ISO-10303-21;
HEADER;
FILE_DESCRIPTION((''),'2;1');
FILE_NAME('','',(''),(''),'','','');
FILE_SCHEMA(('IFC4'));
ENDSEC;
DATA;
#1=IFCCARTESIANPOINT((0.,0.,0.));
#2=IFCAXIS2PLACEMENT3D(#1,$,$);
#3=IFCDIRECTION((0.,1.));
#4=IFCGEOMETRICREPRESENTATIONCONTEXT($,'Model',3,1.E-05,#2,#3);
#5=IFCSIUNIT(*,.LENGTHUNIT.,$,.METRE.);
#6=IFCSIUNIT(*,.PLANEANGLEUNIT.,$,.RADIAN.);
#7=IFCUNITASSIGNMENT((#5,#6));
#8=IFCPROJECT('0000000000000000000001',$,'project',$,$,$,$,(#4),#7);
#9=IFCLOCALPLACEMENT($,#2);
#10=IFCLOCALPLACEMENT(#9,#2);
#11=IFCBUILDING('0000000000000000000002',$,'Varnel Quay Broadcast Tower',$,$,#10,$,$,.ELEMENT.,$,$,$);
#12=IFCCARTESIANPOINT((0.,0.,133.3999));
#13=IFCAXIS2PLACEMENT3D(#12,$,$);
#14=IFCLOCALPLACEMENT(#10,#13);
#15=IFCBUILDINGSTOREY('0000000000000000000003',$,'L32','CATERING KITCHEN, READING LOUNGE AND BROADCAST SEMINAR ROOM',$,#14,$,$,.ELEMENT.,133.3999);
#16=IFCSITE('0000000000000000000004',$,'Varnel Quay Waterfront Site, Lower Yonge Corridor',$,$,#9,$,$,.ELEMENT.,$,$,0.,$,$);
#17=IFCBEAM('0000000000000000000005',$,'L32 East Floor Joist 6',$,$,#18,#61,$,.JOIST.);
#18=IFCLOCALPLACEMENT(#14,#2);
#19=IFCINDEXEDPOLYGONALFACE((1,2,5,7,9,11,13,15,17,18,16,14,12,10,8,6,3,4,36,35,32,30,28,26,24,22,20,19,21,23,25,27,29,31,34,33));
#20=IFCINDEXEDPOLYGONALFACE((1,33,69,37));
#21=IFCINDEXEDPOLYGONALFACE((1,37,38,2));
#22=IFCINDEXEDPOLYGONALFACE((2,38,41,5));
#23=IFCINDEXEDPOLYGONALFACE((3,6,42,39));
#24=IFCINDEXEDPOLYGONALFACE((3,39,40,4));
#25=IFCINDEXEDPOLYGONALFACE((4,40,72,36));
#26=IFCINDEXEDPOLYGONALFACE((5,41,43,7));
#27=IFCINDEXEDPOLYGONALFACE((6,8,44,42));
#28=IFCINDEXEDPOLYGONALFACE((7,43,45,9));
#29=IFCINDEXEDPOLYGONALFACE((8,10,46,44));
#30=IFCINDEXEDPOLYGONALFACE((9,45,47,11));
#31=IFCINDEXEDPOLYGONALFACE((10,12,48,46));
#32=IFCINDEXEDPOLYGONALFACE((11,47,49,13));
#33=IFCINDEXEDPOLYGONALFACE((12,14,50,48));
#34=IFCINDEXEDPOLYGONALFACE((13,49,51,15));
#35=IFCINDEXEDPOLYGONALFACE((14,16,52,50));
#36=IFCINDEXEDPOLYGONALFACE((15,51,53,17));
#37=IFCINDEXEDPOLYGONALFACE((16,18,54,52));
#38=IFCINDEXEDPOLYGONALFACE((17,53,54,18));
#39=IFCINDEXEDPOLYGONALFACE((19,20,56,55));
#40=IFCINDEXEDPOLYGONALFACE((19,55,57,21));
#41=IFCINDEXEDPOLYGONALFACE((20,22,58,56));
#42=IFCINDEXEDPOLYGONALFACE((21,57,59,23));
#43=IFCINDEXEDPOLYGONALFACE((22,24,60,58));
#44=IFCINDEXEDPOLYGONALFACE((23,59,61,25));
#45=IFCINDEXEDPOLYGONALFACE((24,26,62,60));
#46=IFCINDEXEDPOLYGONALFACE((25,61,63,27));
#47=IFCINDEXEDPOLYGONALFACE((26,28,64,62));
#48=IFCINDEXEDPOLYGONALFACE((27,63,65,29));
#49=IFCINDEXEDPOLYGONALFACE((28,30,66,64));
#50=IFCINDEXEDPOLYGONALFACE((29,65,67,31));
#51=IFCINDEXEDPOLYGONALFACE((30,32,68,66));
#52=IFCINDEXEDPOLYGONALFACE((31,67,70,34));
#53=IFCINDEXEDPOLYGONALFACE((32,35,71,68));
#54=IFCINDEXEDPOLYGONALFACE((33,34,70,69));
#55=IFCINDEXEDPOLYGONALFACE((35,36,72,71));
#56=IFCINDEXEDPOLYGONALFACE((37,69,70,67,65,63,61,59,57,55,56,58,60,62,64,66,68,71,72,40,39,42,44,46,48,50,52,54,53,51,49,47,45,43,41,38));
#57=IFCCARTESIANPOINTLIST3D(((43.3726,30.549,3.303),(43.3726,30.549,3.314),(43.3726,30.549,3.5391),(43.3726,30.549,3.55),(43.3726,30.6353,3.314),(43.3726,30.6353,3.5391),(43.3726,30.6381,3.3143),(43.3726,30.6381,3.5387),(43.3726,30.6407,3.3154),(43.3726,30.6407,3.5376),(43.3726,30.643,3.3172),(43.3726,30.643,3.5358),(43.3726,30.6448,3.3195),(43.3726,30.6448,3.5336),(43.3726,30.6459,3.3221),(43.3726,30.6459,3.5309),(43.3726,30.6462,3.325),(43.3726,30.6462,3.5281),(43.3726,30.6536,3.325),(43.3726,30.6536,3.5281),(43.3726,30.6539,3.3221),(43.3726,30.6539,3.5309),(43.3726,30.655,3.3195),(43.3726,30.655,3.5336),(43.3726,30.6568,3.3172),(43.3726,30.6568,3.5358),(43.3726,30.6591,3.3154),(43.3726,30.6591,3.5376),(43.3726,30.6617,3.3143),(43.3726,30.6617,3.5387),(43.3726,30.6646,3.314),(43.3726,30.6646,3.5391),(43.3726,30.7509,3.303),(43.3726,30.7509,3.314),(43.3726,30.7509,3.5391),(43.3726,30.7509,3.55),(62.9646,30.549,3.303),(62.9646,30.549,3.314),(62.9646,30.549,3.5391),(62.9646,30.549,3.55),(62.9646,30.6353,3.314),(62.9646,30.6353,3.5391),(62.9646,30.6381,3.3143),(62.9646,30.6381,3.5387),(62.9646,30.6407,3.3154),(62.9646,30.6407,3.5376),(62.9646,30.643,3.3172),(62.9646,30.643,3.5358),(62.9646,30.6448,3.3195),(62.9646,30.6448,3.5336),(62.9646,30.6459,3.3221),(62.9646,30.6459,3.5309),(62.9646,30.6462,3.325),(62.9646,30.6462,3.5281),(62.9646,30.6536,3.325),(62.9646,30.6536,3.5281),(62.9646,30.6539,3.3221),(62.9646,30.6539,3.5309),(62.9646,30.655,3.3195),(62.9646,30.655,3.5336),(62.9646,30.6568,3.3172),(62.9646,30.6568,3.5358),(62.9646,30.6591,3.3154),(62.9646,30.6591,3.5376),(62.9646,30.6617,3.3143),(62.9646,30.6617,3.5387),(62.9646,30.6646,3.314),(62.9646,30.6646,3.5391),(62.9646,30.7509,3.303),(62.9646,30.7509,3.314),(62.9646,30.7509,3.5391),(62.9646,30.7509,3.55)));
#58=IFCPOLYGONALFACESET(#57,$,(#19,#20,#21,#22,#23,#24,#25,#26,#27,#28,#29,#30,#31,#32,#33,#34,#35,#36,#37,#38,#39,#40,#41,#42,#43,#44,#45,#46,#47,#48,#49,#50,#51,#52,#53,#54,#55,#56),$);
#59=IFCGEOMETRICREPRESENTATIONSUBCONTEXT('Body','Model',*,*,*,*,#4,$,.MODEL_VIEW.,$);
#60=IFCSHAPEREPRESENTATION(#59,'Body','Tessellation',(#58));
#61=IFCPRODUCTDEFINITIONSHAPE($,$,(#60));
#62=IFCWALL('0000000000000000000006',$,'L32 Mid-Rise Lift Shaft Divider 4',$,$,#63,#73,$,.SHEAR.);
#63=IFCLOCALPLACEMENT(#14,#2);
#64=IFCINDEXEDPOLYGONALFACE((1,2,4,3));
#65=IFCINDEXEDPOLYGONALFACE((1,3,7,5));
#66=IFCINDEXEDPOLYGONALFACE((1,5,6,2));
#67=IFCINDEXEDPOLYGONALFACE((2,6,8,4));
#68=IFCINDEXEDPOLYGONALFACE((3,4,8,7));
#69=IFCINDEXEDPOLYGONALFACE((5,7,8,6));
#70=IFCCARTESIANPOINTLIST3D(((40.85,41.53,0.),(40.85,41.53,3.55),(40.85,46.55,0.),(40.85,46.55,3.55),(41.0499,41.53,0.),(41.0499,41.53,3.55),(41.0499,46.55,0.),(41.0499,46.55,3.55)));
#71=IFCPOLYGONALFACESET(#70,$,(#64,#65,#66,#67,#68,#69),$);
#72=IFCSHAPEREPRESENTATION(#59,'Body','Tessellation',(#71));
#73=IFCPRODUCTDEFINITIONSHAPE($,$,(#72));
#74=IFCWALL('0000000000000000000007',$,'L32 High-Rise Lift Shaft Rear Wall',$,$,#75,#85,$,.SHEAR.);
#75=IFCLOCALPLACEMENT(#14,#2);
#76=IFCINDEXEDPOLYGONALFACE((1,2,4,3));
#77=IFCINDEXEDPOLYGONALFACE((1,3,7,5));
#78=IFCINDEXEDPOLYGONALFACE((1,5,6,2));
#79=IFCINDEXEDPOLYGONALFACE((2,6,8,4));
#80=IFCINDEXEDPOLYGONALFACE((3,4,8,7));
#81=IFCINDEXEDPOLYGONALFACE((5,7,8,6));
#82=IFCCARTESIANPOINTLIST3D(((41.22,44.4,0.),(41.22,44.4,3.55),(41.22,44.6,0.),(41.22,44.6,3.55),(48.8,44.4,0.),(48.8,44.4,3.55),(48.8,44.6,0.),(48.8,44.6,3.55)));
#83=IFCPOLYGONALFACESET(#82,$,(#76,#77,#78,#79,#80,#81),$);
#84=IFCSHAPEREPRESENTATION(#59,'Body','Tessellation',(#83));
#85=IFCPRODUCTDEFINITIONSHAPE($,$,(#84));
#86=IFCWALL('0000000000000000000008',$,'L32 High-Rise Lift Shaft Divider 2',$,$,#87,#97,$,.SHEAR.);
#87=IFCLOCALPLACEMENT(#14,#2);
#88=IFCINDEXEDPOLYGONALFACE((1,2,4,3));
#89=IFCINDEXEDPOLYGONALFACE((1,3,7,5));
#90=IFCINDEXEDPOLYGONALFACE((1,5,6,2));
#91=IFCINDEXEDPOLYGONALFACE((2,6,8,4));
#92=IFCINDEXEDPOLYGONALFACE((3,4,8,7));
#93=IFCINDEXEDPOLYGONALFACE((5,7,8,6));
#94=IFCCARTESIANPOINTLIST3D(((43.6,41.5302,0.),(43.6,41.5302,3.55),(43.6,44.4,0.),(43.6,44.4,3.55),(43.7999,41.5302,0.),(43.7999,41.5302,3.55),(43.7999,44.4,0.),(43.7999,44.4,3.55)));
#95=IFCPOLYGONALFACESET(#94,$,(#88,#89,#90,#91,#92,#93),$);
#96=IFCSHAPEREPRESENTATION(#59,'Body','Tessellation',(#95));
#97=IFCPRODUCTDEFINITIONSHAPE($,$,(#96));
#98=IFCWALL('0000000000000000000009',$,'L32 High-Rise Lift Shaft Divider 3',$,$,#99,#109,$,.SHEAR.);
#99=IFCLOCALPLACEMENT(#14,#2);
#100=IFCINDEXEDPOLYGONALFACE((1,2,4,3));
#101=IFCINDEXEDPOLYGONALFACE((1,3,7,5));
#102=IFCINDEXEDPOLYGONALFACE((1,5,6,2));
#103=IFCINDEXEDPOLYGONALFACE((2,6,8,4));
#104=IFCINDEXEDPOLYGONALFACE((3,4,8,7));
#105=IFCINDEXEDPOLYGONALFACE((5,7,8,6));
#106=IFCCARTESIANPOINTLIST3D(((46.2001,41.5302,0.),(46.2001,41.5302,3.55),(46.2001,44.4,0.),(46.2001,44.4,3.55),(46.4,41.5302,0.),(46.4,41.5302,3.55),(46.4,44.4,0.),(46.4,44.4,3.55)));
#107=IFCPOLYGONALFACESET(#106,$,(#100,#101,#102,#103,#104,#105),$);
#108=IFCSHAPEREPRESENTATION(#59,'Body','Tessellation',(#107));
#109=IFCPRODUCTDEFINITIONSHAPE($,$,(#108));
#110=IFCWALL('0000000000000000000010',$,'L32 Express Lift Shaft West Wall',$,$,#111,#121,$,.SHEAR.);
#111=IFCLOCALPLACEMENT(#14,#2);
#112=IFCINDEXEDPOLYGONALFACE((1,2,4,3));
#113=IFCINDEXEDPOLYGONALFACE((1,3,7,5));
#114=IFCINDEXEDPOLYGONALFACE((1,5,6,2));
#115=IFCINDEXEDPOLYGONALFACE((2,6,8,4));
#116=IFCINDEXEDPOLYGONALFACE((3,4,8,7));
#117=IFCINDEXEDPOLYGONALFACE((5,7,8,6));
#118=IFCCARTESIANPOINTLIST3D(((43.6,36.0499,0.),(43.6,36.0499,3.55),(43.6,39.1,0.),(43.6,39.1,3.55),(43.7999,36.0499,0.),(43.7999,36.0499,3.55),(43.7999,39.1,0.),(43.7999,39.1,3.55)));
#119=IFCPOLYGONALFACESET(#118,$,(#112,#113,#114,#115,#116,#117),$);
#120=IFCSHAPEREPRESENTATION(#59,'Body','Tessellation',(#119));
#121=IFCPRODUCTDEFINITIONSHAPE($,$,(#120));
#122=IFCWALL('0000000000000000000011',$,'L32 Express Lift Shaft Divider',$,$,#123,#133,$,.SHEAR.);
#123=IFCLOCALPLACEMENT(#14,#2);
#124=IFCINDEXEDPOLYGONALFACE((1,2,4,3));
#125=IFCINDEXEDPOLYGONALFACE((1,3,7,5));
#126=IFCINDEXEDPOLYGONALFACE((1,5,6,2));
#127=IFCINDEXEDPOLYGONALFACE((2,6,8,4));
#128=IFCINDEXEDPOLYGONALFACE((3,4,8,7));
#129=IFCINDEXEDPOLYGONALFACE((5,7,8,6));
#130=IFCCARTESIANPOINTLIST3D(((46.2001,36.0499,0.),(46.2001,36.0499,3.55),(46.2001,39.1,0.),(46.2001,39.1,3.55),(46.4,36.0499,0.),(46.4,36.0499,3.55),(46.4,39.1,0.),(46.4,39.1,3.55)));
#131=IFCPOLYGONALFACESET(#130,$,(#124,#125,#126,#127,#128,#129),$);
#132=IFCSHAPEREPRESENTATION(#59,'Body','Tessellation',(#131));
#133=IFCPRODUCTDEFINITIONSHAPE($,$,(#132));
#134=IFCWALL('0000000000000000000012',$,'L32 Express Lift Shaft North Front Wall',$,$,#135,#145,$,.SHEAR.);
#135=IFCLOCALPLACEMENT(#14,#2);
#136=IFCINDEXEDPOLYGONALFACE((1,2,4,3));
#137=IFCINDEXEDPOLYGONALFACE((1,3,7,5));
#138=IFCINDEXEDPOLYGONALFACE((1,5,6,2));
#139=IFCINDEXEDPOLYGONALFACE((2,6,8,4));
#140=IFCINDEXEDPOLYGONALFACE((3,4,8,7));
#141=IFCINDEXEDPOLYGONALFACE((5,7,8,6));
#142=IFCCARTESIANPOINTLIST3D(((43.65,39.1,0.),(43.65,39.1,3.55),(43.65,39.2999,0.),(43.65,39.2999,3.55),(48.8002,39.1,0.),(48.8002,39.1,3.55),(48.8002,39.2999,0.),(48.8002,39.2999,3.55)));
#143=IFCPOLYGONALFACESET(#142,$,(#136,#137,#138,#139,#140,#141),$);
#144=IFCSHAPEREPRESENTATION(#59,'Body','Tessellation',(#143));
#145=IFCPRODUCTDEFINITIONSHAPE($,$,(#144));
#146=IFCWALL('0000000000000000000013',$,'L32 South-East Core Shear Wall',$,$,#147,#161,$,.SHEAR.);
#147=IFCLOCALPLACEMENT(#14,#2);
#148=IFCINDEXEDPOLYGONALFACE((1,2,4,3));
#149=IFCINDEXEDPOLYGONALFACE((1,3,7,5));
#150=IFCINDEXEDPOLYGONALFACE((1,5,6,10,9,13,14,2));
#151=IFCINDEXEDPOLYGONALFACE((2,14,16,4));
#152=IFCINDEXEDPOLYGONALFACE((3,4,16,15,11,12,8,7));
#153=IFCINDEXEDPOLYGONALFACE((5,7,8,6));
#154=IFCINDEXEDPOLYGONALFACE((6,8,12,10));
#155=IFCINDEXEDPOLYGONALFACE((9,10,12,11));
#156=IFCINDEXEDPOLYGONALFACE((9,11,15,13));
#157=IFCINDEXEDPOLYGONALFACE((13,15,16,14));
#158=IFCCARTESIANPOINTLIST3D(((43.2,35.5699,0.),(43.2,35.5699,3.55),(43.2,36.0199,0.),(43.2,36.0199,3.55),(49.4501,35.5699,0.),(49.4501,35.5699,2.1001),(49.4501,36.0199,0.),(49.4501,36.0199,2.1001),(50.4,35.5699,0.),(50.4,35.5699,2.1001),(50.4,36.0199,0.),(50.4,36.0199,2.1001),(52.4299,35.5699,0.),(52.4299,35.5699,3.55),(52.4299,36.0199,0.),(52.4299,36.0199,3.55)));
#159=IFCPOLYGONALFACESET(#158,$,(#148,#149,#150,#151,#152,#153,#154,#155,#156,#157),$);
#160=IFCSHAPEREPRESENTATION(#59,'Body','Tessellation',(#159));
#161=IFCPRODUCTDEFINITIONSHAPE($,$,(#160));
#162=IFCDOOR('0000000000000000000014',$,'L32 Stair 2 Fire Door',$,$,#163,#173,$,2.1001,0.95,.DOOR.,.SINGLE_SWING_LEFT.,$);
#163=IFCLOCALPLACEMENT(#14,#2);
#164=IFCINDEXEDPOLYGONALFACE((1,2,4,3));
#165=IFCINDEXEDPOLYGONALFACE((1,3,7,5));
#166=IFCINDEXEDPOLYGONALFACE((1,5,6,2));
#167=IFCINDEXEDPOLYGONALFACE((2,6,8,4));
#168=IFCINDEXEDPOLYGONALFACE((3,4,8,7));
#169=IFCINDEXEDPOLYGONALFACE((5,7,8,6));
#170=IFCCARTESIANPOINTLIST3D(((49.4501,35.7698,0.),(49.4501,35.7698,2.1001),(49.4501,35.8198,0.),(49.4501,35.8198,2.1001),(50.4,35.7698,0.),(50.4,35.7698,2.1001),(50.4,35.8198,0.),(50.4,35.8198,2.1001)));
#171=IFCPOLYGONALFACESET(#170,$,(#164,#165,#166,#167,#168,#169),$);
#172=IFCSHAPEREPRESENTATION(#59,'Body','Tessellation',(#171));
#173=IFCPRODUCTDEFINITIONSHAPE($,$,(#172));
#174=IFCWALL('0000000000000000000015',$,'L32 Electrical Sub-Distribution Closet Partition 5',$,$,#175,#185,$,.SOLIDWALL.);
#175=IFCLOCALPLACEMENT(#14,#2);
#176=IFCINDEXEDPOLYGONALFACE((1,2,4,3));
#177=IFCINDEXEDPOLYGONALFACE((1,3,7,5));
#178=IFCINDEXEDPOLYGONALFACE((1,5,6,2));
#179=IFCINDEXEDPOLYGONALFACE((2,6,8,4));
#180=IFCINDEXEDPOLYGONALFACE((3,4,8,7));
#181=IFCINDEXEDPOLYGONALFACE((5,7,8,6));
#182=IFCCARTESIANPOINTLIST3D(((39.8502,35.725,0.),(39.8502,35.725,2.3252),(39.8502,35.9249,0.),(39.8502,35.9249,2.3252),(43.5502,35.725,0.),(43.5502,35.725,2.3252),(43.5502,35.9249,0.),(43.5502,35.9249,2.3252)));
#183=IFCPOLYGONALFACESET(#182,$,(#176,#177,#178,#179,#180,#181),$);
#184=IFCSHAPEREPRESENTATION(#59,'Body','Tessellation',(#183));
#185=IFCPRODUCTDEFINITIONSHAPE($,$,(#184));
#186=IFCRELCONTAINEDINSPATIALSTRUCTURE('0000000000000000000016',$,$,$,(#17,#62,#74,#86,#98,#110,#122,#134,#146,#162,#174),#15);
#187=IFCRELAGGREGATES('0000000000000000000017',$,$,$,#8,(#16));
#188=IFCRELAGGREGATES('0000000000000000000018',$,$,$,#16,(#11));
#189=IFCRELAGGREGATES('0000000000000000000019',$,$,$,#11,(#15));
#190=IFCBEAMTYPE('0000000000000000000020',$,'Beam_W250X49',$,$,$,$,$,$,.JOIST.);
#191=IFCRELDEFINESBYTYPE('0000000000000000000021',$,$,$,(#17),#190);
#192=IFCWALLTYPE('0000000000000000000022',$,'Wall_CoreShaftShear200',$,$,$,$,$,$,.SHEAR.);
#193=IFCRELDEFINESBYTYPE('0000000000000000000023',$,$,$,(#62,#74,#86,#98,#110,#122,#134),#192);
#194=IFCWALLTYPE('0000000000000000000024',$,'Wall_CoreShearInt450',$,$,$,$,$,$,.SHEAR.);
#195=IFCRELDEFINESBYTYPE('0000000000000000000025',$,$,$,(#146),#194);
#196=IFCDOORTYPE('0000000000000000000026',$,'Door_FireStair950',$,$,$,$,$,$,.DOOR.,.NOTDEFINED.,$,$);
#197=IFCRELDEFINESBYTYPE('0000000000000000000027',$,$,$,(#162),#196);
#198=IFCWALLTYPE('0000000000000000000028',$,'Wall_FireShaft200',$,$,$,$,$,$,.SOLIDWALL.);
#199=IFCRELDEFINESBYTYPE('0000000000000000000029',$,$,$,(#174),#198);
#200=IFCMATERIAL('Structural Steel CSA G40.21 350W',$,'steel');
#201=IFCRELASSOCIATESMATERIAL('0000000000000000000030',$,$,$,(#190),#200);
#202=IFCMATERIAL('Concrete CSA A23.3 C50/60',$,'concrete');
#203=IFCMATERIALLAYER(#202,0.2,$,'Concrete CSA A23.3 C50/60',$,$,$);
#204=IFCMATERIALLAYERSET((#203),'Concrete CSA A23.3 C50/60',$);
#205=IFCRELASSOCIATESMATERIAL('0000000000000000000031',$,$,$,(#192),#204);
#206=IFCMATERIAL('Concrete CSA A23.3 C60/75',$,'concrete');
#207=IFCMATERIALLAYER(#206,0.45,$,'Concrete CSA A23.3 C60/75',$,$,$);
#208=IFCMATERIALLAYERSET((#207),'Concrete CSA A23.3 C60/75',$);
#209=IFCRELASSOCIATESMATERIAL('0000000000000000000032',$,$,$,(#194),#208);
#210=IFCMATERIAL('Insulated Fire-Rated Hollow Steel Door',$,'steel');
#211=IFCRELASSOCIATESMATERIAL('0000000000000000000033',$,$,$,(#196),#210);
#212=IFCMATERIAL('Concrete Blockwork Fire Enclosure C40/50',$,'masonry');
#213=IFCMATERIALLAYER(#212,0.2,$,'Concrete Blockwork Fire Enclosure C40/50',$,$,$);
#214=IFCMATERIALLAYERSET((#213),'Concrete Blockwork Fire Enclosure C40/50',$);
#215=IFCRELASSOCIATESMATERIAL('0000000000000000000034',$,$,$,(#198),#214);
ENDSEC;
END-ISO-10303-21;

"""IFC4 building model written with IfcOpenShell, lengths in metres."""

from ifc_helpers import new_model, si_unit, direction, frame, frame_2d, origin, origin_2d, place, context, subcontext, project, spatial, rectangle, i_section, extrude, source, transform, mapped, material, layer, layer_set, material_profile, profile_set, type_object, type_shapes, element, fill, save


model = new_model("IFC4")

# Units and contexts
model_context = context("Model", 3, precision=1e-05, world=origin(), true_north=direction((0.0, 1.0)))
body_context = subcontext(model_context, "Body", "Model", "MODEL_VIEW")
ifc_project = project(units=[si_unit("LENGTHUNIT", "METRE"), si_unit("PLANEANGLEUNIT", "RADIAN")], contexts=[model_context])

# Site, building, storey
site_placement = place(None, origin())
site = spatial("IfcSite", under=ifc_project, at=site_placement, Name="Varnel Quay Waterfront Site, Lower Yonge Corridor", CompositionType="ELEMENT", RefElevation=0.0)
building_placement = place(site_placement, origin())
building = spatial("IfcBuilding", under=site, at=building_placement, Name="Varnel Quay Broadcast Tower", CompositionType="ELEMENT")
storey_placement = place(building_placement, frame((0.0, 0.0, 133.3999)))
storey = spatial("IfcBuildingStorey", under=building, at=storey_placement, Name="L32", Description="CATERING KITCHEN, READING LOUNGE AND BROADCAST SEMINAR ROOM", CompositionType="ELEMENT", Elevation=133.3999)

# Beam
ifc_material_1 = material(Name="Structural Steel CSA G40.21 350W", Category="steel")
ifc_material_profile_1 = material_profile(ifc_material_1, i_section(OverallWidth=0.2019, OverallDepth=0.2471, WebThickness=0.0073, FlangeThickness=0.011, FilletRadius=0.011, at=origin_2d()), Name="W250X49")
ifc_profile_set_1 = profile_set([ifc_material_profile_1], Name="Structural Steel CSA G40.21 350W")
beam_type_1 = type_object("IfcBeamType", Name="Beam_W250X49", PredefinedType="JOIST", material=ifc_profile_set_1)
shared_shape_1 = source(origin(), body_context, "Body", "SweptSolid", [
    extrude(i_section(OverallWidth=0.2019, OverallDepth=0.2471, WebThickness=0.0073, FlangeThickness=0.011, FilletRadius=0.011, at=origin_2d()), origin(), (0.0, 0.0, 1.0), 19.592),
])
type_shapes(beam_type_1, [shared_shape_1])
beam_1_placement = place(storey_placement, frame((43.3726, 30.6499, 3.4265), z_axis=(1.0, 0.0, 0.0), x_axis=(0.0, 1.0, 0.0)))
element("IfcBeam", 1, at=beam_1_placement, inside=storey, type_object=beam_type_1, Name="L32 East Floor Joist 6", PredefinedType="JOIST", context=body_context, shape_type="MappedRepresentation", body=[
    mapped(shared_shape_1, transform((0.0, 0.0, 0.0), x_axis=(1.0, 0.0, 0.0), y_axis=(0.0, 1.0, 0.0), z_axis=(0.0, 0.0, 1.0), scale=1.0)),
])

# Walls
ifc_material_2 = material(Name="Concrete CSA A23.3 C50/60", Category="concrete")
ifc_layer_1 = layer(ifc_material_2, 0.2, Name="Concrete CSA A23.3 C50/60")
ifc_layer_set_1 = layer_set([ifc_layer_1], Name="Concrete CSA A23.3 C50/60")
wall_type_1 = type_object("IfcWallType", Name="Wall_CoreShaftShear200", PredefinedType="SHEAR", material=ifc_layer_set_1)
wall_1_placement = place(storey_placement, frame((40.95, 41.53, 0.0), z_axis=(0.0, 0.0, 1.0), x_axis=(0.0, 1.0, 0.0)))
element("IfcWall", 2, at=wall_1_placement, inside=storey, type_object=wall_type_1, Name="L32 Mid-Rise Lift Shaft Divider 4", PredefinedType="SHEAR", context=body_context, shape_type="SweptSolid", body=[
    extrude(rectangle(XDim=5.02, YDim=0.2, at=frame_2d((2.51, 0.0))), origin(), (0.0, 0.0, 1.0), 3.55),
])
wall_2_placement = place(storey_placement, frame((41.22, 44.5, 0.0), z_axis=(0.0, 0.0, 1.0), x_axis=(1.0, 0.0, 0.0)))
element("IfcWall", 3, at=wall_2_placement, inside=storey, type_object=wall_type_1, Name="L32 High-Rise Lift Shaft Rear Wall", PredefinedType="SHEAR", context=body_context, shape_type="SweptSolid", body=[
    extrude(rectangle(XDim=7.5801, YDim=0.2, at=frame_2d((3.79, 0.0))), origin(), (0.0, 0.0, 1.0), 3.55),
])
for number, where, z_axis, x_axis, name in (
    (4, (43.7, 41.53, 0.0), (0.0, 0.0, 1.0), (0.0, 1.0, 0.0), "L32 High-Rise Lift Shaft Divider 2"),
    (5, (46.3, 41.53, 0.0), (0.0, 0.0, 1.0), (0.0, 1.0, 0.0), "L32 High-Rise Lift Shaft Divider 3"),
):
    element("IfcWall", number, at=place(storey_placement, frame(where, z_axis=z_axis, x_axis=x_axis)), inside=storey, type_object=wall_type_1, Name=name, PredefinedType="SHEAR", context=body_context, shape_type="SweptSolid", body=[
        extrude(rectangle(XDim=2.8699, YDim=0.2, at=frame_2d((1.4351, 0.0))), origin(), (0.0, 0.0, 1.0), 3.55),
    ])
for number, where, z_axis, x_axis, name in (
    (6, (43.7, 36.05, 0.0), (0.0, 0.0, 1.0), (0.0, 1.0, 0.0), "L32 Express Lift Shaft West Wall"),
    (7, (46.3, 36.05, 0.0), (0.0, 0.0, 1.0), (0.0, 1.0, 0.0), "L32 Express Lift Shaft Divider"),
):
    element("IfcWall", number, at=place(storey_placement, frame(where, z_axis=z_axis, x_axis=x_axis)), inside=storey, type_object=wall_type_1, Name=name, PredefinedType="SHEAR", context=body_context, shape_type="SweptSolid", body=[
        extrude(rectangle(XDim=3.05, YDim=0.2, at=frame_2d((1.5249, 0.0))), origin(), (0.0, 0.0, 1.0), 3.55),
    ])
wall_3_placement = place(storey_placement, frame((43.6499, 39.2, 0.0), z_axis=(0.0, 0.0, 1.0), x_axis=(1.0, 0.0, 0.0)))
element("IfcWall", 8, at=wall_3_placement, inside=storey, type_object=wall_type_1, Name="L32 Express Lift Shaft North Front Wall", PredefinedType="SHEAR", context=body_context, shape_type="SweptSolid", body=[
    extrude(rectangle(XDim=5.1501, YDim=0.2, at=frame_2d((2.5752, 0.0))), origin(), (0.0, 0.0, 1.0), 3.55),
])

# Wall, opening, door
ifc_material_3 = material(Name="Concrete CSA A23.3 C60/75", Category="concrete")
ifc_layer_2 = layer(ifc_material_3, 0.45, Name="Concrete CSA A23.3 C60/75")
ifc_layer_set_2 = layer_set([ifc_layer_2], Name="Concrete CSA A23.3 C60/75")
wall_type_2 = type_object("IfcWallType", Name="Wall_CoreShearInt450", PredefinedType="SHEAR", material=ifc_layer_set_2)
wall_4_placement = place(storey_placement, frame((43.2, 35.7949, 0.0), z_axis=(0.0, 0.0, 1.0), x_axis=(1.0, 0.0, 0.0)))
wall_4 = element("IfcWall", 9, at=wall_4_placement, inside=storey, type_object=wall_type_2, Name="L32 South-East Core Shear Wall", PredefinedType="SHEAR", context=body_context, shape_type="SweptSolid", body=[
    extrude(rectangle(XDim=9.23, YDim=0.45, at=frame_2d((4.615, 0.0))), origin(), (0.0, 0.0, 1.0), 3.55),
])
opening_1_placement = place(wall_4_placement, frame((6.25, 0.0, 0.0)))
opening_1 = element("IfcOpeningElement", 10, at=opening_1_placement, cuts=wall_4, PredefinedType="OPENING", context=body_context, shape_type="SweptSolid", body=[
    extrude(rectangle(XDim=0.95, YDim=2.1001, at=frame_2d((0.4751, 1.05))), frame((0.0, 0.2349, 0.0), z_axis=(0.0, -1.0, 0.0), x_axis=(1.0, 0.0, 0.0)), (0.0, 0.0, 1.0), 0.47),
])
ifc_material_4 = material(Name="Insulated Fire-Rated Hollow Steel Door", Category="steel")
door_type_1 = type_object("IfcDoorType", Name="Door_FireStair950", OperationType="NOTDEFINED", PredefinedType="DOOR", material=ifc_material_4)
shared_shape_2 = source(origin(), body_context, "Body", "SweptSolid", [
    extrude(rectangle(XDim=0.95, YDim=2.1001, at=frame_2d((0.4751, 1.05))), frame((0.0, 0.0249, 0.0), z_axis=(0.0, -1.0, 0.0), x_axis=(1.0, 0.0, 0.0)), (0.0, 0.0, 1.0), 0.05),
])
type_shapes(door_type_1, [shared_shape_2])
door_1_placement = place(opening_1_placement, origin())
door_1 = element("IfcDoor", 11, at=door_1_placement, inside=storey, type_object=door_type_1, Name="L32 Stair 2 Fire Door", OperationType="SINGLE_SWING_LEFT", OverallHeight=2.1001, OverallWidth=0.95, PredefinedType="DOOR", context=body_context, shape_type="MappedRepresentation", body=[
    mapped(shared_shape_2, transform((0.0, 0.0, 0.0), x_axis=(1.0, 0.0, 0.0), y_axis=(0.0, 1.0, 0.0), z_axis=(0.0, 0.0, 1.0), scale=1.0)),
])
fill(opening_1, door_1)

# Wall
ifc_material_5 = material(Name="Concrete Blockwork Fire Enclosure C40/50", Category="masonry")
ifc_layer_3 = layer(ifc_material_5, 0.2, Name="Concrete Blockwork Fire Enclosure C40/50")
ifc_layer_set_3 = layer_set([ifc_layer_3], Name="Concrete Blockwork Fire Enclosure C40/50")
wall_type_3 = type_object("IfcWallType", Name="Wall_FireShaft200", PredefinedType="SOLIDWALL", material=ifc_layer_set_3)
wall_5_placement = place(storey_placement, frame((39.8501, 35.825, 0.0), z_axis=(0.0, 0.0, 1.0), x_axis=(1.0, 0.0, 0.0)))
element("IfcWall", 12, at=wall_5_placement, inside=storey, type_object=wall_type_3, Name="L32 Electrical Sub-Distribution Closet Partition 5", PredefinedType="SOLIDWALL", context=body_context, shape_type="SweptSolid", body=[
    extrude(rectangle(XDim=3.7, YDim=0.2, at=frame_2d((1.8501, 0.0))), origin(), (0.0, 0.0, 1.0), 2.3252),
])

save(model, "model.ifc")
